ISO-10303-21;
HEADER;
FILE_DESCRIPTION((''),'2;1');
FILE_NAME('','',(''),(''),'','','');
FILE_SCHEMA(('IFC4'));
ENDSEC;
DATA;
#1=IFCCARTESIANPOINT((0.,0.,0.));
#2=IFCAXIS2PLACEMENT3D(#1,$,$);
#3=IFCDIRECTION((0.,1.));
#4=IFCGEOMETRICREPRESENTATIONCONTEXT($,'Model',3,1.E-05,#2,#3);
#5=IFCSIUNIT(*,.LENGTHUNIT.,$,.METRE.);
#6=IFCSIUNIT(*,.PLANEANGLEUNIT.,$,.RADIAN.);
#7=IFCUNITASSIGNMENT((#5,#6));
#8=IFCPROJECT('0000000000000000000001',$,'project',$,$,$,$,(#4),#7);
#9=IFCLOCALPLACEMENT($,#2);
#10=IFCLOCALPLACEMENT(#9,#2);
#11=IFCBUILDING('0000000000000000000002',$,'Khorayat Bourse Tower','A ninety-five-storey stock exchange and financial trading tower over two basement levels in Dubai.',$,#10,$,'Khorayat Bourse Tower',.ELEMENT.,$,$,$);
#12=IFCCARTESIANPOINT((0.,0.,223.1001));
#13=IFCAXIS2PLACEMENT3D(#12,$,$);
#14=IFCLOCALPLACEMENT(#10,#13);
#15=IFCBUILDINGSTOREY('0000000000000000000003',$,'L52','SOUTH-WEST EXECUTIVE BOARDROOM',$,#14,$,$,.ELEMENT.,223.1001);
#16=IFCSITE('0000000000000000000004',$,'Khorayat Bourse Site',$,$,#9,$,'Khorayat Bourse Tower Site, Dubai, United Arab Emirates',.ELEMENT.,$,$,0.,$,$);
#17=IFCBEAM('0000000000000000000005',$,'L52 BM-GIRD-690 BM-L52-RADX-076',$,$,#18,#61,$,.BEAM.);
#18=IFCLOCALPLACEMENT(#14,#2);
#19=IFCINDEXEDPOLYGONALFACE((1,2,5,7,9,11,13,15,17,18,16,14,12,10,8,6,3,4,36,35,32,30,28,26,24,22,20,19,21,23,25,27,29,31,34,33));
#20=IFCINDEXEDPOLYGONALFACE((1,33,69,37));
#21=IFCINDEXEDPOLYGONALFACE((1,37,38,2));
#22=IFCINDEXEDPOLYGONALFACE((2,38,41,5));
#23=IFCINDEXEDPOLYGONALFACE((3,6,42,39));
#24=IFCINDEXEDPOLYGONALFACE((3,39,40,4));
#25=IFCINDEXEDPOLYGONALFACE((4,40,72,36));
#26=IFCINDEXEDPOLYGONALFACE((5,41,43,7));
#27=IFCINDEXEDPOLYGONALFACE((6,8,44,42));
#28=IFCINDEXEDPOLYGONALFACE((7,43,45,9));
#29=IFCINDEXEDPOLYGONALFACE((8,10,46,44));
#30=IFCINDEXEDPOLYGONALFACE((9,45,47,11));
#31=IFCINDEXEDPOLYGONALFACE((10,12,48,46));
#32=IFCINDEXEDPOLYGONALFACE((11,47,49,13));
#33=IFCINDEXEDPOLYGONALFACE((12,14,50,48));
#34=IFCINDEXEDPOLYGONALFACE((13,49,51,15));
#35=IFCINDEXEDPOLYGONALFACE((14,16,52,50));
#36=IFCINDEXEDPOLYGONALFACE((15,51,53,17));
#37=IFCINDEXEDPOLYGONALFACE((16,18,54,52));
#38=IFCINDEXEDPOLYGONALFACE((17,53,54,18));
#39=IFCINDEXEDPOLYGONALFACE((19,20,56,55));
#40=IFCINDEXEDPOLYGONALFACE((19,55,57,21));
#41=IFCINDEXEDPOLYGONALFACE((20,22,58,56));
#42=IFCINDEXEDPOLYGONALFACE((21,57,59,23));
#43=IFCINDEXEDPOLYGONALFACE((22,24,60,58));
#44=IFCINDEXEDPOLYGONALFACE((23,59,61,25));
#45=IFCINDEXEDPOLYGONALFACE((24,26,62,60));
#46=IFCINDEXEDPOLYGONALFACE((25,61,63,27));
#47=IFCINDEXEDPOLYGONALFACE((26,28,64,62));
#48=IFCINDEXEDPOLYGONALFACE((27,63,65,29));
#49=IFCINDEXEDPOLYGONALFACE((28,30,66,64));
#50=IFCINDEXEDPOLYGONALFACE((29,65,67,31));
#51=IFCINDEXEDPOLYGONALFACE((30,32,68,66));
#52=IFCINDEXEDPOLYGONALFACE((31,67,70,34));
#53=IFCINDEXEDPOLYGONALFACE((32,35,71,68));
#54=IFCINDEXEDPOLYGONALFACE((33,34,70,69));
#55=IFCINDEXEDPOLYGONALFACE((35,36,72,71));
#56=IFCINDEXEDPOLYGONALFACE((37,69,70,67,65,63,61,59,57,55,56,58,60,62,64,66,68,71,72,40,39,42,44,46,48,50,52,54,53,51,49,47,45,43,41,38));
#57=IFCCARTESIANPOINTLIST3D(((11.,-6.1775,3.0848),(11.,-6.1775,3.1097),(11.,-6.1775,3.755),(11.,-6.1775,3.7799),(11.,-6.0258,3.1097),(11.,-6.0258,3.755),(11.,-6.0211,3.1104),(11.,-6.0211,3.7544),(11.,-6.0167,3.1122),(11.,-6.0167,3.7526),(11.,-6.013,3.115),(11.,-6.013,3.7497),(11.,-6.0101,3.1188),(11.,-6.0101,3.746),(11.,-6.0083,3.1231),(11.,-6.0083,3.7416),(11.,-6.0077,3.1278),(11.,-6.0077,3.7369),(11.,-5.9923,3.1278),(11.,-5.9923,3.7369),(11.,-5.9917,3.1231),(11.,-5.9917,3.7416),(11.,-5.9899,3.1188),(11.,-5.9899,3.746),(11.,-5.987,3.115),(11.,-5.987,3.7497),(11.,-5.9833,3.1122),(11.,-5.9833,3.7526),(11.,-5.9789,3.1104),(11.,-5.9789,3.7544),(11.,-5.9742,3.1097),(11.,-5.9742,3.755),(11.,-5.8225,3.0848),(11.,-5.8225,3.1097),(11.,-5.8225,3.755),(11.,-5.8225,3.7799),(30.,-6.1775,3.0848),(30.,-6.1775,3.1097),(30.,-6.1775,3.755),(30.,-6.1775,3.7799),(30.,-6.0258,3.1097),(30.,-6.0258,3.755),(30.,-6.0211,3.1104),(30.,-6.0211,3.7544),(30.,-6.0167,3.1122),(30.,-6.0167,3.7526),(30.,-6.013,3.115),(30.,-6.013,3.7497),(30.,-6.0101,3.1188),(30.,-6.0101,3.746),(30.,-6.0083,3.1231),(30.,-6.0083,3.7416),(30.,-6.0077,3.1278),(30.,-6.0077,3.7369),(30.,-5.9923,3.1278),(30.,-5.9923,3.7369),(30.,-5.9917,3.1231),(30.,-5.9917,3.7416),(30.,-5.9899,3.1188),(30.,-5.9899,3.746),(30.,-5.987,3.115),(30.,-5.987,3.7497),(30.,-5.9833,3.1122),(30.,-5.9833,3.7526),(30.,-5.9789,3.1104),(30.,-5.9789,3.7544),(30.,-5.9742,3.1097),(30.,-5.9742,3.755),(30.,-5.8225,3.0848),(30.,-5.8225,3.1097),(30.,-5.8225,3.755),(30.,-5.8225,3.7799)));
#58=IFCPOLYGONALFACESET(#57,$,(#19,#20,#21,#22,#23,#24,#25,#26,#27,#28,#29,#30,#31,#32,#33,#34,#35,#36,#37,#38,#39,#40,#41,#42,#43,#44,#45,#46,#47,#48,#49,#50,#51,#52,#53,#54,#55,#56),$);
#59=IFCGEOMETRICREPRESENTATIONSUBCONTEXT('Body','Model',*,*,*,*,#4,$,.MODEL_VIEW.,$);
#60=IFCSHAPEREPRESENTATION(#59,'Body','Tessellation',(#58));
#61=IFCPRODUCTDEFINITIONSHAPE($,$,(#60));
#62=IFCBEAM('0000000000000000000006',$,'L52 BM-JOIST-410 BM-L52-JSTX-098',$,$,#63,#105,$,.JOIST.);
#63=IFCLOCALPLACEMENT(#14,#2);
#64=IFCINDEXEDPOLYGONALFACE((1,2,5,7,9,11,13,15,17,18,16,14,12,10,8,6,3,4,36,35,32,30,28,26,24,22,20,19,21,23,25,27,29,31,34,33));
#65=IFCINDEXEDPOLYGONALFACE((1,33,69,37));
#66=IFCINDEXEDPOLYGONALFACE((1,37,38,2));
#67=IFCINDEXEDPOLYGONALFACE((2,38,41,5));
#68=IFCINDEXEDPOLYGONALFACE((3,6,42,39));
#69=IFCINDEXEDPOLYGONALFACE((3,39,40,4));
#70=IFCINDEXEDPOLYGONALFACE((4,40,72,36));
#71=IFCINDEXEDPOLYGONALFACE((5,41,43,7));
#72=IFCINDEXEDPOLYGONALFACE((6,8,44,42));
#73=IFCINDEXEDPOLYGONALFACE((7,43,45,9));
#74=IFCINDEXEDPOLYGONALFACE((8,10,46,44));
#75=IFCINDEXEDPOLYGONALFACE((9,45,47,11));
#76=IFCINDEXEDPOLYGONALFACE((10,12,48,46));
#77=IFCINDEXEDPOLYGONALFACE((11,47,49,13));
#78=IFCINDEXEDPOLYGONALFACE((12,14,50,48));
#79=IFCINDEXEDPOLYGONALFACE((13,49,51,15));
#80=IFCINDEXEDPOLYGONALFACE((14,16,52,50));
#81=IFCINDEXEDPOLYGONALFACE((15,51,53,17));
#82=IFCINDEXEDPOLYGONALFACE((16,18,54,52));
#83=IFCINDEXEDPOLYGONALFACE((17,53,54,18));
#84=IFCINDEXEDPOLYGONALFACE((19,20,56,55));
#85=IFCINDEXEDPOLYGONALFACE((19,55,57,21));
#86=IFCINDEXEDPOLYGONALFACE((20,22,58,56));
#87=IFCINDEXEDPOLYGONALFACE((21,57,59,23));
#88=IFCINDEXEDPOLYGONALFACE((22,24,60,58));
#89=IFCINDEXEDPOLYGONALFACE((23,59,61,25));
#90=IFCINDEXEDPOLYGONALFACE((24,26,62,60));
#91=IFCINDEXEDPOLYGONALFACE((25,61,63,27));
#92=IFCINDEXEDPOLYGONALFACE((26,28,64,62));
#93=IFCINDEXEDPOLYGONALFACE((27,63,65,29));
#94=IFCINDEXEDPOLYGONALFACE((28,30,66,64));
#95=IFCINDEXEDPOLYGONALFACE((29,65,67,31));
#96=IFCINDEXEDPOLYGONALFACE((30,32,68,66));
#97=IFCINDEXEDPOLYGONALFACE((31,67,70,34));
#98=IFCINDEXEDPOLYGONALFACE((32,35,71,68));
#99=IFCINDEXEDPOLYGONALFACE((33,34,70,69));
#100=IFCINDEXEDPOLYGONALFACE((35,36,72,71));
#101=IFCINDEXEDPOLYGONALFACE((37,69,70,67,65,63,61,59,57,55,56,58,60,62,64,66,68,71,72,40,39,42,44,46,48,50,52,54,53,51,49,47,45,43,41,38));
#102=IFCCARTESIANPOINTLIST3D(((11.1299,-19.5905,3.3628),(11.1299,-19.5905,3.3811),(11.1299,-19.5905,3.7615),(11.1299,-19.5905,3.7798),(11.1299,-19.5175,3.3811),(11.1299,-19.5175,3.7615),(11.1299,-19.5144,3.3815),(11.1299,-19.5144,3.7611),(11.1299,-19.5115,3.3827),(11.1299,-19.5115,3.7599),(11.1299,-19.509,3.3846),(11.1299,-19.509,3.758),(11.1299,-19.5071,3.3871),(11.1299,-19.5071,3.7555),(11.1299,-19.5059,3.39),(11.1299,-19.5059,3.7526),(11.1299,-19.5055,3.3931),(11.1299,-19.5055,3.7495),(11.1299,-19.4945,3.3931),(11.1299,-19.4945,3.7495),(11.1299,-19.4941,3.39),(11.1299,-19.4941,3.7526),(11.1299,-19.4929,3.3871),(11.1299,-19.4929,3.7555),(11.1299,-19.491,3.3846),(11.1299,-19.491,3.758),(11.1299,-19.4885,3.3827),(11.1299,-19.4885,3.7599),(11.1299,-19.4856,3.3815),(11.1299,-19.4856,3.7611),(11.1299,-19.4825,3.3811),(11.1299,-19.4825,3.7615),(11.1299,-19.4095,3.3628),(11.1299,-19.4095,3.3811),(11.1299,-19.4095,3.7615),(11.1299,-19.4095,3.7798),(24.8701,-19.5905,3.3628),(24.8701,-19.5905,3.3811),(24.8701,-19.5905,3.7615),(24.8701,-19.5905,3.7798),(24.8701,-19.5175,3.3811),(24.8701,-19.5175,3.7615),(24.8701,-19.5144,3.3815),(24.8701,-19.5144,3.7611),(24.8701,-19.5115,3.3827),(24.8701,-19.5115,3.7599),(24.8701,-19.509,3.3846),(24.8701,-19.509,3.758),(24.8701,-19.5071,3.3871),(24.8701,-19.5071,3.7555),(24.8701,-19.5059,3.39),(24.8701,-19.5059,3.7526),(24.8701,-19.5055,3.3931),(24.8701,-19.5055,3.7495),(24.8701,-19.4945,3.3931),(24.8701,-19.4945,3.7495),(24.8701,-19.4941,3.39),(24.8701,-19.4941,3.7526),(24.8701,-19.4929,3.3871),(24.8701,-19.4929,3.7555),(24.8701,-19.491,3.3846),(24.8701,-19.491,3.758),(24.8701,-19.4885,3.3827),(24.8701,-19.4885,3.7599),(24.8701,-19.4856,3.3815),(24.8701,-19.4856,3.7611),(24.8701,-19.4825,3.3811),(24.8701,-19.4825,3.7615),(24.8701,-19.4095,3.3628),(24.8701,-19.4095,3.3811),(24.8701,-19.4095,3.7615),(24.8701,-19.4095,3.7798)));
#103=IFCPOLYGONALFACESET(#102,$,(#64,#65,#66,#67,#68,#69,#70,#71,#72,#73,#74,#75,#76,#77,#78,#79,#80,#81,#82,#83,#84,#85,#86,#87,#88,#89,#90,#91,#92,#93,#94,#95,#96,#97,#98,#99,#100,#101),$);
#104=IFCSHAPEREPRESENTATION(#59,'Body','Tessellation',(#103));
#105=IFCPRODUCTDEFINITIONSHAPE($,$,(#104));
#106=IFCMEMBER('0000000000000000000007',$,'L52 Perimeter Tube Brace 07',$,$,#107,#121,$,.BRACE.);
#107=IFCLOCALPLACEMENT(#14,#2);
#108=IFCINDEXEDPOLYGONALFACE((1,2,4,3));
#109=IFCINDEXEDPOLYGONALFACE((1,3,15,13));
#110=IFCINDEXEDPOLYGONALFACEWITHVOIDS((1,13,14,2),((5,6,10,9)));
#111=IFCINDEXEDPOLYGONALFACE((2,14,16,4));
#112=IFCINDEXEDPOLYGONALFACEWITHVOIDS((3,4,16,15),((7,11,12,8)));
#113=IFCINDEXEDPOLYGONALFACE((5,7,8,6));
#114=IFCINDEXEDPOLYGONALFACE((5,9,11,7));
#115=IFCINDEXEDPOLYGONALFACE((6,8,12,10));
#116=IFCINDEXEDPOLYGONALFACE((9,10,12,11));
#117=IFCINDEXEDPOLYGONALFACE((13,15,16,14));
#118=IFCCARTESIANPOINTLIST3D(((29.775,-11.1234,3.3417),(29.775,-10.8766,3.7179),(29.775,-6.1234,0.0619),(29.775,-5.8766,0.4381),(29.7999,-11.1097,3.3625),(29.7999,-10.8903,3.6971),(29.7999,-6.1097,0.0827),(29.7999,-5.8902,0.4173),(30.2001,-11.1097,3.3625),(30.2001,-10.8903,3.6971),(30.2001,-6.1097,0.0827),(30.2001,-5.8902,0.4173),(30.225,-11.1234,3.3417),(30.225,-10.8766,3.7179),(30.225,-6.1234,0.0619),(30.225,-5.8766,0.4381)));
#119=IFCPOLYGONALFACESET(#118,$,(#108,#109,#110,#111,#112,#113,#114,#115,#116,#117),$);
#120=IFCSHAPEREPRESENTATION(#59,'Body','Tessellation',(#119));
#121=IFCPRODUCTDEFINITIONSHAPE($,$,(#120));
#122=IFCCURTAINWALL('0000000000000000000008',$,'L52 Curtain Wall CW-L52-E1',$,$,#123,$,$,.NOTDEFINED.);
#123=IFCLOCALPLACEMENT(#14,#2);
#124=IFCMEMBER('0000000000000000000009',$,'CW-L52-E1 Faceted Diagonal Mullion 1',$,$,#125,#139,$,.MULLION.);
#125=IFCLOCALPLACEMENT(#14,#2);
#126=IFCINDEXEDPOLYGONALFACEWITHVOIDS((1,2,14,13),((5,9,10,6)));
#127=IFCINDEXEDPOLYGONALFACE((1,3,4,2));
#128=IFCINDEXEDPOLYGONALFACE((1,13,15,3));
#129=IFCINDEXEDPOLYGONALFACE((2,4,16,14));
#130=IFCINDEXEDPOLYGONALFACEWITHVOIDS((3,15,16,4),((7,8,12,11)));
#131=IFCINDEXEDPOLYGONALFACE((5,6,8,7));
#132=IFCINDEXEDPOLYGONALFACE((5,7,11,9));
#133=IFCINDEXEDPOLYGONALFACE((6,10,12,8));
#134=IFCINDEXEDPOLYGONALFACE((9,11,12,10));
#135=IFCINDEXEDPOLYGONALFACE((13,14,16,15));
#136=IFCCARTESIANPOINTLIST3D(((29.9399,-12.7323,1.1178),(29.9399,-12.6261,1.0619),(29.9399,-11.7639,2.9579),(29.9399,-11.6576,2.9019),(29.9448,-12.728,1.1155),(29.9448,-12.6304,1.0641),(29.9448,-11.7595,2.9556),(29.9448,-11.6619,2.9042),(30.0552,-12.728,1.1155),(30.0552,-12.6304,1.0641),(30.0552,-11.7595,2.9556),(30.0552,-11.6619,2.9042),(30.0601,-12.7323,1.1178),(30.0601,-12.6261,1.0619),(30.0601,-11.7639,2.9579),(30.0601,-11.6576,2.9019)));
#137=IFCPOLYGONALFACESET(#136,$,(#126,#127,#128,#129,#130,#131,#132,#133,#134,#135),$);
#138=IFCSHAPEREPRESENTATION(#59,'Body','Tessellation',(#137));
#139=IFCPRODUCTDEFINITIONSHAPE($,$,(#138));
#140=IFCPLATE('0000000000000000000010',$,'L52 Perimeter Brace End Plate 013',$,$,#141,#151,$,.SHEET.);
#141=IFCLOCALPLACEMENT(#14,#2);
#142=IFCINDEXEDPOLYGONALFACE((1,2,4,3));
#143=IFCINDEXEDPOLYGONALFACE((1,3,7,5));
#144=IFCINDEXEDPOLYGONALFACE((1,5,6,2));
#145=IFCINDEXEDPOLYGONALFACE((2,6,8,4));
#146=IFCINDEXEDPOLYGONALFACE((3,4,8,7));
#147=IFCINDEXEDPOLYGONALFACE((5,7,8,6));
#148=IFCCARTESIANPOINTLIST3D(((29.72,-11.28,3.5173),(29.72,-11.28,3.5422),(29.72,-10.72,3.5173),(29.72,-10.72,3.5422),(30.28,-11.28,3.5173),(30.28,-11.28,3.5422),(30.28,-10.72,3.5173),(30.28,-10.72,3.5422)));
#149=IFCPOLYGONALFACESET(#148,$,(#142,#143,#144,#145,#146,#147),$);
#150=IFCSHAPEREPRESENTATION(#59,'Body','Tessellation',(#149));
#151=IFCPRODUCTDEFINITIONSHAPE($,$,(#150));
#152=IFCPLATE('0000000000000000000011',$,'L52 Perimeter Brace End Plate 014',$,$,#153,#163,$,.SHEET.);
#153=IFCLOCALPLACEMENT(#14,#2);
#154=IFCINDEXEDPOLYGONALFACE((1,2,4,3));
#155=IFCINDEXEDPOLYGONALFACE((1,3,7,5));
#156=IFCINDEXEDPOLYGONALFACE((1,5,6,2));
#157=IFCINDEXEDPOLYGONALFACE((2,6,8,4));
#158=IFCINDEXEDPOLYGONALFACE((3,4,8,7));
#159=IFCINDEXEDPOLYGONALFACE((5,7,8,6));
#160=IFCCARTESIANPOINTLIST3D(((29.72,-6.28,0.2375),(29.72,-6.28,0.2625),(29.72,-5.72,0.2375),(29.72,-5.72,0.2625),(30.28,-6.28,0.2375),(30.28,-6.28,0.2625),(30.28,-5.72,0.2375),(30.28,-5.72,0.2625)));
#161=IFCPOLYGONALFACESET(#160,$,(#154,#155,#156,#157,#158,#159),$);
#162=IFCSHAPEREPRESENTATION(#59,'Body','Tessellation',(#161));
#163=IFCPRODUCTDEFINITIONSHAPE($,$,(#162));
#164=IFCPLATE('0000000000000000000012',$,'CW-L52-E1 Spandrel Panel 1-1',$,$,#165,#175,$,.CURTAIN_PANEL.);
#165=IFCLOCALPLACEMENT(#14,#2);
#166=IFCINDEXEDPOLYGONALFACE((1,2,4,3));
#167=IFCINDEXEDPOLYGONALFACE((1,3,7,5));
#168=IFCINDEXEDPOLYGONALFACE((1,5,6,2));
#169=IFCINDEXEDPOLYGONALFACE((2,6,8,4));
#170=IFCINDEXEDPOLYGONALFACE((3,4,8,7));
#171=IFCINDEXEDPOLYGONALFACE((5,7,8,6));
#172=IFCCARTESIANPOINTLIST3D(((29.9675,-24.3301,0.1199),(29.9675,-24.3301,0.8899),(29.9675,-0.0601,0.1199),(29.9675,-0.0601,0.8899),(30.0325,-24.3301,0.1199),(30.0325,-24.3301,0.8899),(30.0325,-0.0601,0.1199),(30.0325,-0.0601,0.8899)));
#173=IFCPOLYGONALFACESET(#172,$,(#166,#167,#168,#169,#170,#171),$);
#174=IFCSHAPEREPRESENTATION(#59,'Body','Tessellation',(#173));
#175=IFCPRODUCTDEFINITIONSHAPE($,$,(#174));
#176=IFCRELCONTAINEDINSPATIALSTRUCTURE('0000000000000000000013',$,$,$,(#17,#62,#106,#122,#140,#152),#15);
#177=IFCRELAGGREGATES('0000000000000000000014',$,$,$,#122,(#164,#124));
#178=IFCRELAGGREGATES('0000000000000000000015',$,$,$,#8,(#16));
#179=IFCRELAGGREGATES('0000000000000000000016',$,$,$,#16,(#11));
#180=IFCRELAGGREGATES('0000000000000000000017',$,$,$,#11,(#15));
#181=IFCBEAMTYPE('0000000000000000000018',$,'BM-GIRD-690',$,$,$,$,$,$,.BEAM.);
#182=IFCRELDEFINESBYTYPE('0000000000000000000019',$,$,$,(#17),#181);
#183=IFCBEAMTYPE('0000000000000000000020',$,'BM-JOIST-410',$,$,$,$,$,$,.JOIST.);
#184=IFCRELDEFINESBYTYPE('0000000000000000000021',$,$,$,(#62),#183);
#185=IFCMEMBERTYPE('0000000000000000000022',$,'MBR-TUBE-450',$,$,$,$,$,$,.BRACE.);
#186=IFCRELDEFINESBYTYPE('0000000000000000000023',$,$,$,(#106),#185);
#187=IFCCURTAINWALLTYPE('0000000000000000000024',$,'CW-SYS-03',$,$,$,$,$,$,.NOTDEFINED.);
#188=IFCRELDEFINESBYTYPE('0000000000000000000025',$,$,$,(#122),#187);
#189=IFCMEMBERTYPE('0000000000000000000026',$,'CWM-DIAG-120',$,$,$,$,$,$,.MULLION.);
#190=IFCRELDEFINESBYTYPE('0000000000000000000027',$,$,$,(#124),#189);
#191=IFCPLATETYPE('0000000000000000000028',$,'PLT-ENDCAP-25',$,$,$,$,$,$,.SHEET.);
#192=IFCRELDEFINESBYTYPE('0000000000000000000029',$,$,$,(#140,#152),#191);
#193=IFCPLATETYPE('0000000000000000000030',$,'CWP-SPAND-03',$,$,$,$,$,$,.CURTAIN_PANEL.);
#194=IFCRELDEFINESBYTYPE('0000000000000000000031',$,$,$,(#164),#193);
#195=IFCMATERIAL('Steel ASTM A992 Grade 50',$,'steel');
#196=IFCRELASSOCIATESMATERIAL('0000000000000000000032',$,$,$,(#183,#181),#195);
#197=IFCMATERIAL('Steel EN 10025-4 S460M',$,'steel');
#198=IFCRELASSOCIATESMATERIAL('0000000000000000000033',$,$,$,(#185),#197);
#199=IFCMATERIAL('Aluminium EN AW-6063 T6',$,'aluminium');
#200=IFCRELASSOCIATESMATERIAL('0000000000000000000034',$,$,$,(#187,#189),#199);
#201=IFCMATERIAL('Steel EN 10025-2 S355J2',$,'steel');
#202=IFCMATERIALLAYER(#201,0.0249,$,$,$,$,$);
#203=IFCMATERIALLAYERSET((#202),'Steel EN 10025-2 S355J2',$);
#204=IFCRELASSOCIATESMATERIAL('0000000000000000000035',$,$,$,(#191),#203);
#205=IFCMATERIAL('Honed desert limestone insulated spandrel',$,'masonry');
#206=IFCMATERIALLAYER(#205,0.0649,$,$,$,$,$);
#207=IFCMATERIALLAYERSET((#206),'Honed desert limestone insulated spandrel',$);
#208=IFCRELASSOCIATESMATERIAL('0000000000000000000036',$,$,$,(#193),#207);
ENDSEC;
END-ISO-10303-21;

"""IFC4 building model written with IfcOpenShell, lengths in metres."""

from ifc_helpers import new_model, si_unit, direction, frame, origin, origin_2d, place, context, subcontext, project, spatial, rectangle, hollow_rectangle, i_section, extrude, source, transform, mapped, material, layer, layer_set, material_profile, profile_set, type_object, element, aggregate, save


model = new_model("IFC4")

# Units and contexts
model_context = context("Model", 3, precision=1e-05, world=origin(), true_north=direction((0.0, 1.0)))
body_context = subcontext(model_context, "Body", "Model", "MODEL_VIEW")
ifc_project = project(units=[si_unit("LENGTHUNIT", "METRE"), si_unit("PLANEANGLEUNIT", "RADIAN")], contexts=[model_context])

# Site, building, storey
site_placement = place(None, origin())
site = spatial("IfcSite", under=ifc_project, at=site_placement, Name="Khorayat Bourse Site", LongName="Khorayat Bourse Tower Site, Dubai, United Arab Emirates", CompositionType="ELEMENT", RefElevation=0.0)
building_placement = place(site_placement, origin())
building = spatial("IfcBuilding", under=site, at=building_placement, Name="Khorayat Bourse Tower", Description="A ninety-five-storey stock exchange and financial trading tower over two basement levels in Dubai.", LongName="Khorayat Bourse Tower", CompositionType="ELEMENT")
storey_placement = place(building_placement, frame((0.0, 0.0, 223.1001)))
storey = spatial("IfcBuildingStorey", under=building, at=storey_placement, Name="L52", Description="SOUTH-WEST EXECUTIVE BOARDROOM", CompositionType="ELEMENT", Elevation=223.1001)

# Shared definitions
ifc_material_1 = material(Name="Steel EN 10025-4 S460M", Category="steel")

# Beams
ifc_material_2 = material(Name="Steel ASTM A992 Grade 50", Category="steel")
ifc_material_profile_1 = material_profile(ifc_material_2, i_section(OverallWidth=0.1809, OverallDepth=0.417, WebThickness=0.011, FlangeThickness=0.0183, FilletRadius=0.012, at=origin_2d()), Name="W410X85")
ifc_profile_set_1 = profile_set([ifc_material_profile_1], Name="Steel ASTM A992 Grade 50")
beam_type_1 = type_object("IfcBeamType", Name="BM-JOIST-410", PredefinedType="JOIST", material=ifc_profile_set_1)
ifc_material_profile_2 = material_profile(ifc_material_2, i_section(OverallWidth=0.355, OverallDepth=0.6951, WebThickness=0.0154, FlangeThickness=0.0249, FilletRadius=0.0181, at=origin_2d()), Name="W690X217")
ifc_profile_set_2 = profile_set([ifc_material_profile_2], Name="Steel ASTM A992 Grade 50")
beam_type_2 = type_object("IfcBeamType", Name="BM-GIRD-690", PredefinedType="BEAM", material=ifc_profile_set_2)
shared_shape_1 = source(origin(), body_context, "Body", "SweptSolid", [
    extrude(i_section(OverallWidth=0.355, OverallDepth=0.6951, WebThickness=0.0154, FlangeThickness=0.0249, FilletRadius=0.0181, at=origin_2d()), origin(), (0.0, 0.0, 1.0), 19.0),
])
beam_1_placement = place(storey_placement, frame((11.0, -6.0, 3.4324), z_axis=(1.0, 0.0, 0.0), x_axis=(0.0, 1.0, 0.0)))
element("IfcBeam", 1, at=beam_1_placement, inside=storey, type_object=beam_type_2, Name="L52 BM-GIRD-690 BM-L52-RADX-076", PredefinedType="BEAM", context=body_context, shape_type="MappedRepresentation", body=[
    mapped(shared_shape_1, transform((0.0, 0.0, 0.0), scale=1.0)),
])
shared_shape_2 = source(origin(), body_context, "Body", "SweptSolid", [
    extrude(i_section(OverallWidth=0.1809, OverallDepth=0.417, WebThickness=0.011, FlangeThickness=0.0183, FilletRadius=0.012, at=origin_2d()), origin(), (0.0, 0.0, 1.0), 13.7402),
])
beam_2_placement = place(storey_placement, frame((11.1299, -19.5, 3.5713), z_axis=(1.0, 0.0, 0.0), x_axis=(0.0, 1.0, 0.0)))
element("IfcBeam", 2, at=beam_2_placement, inside=storey, type_object=beam_type_1, Name="L52 BM-JOIST-410 BM-L52-JSTX-098", PredefinedType="JOIST", context=body_context, shape_type="MappedRepresentation", body=[
    mapped(shared_shape_2, transform((0.0, 0.0, 0.0), scale=1.0)),
])

# Member
ifc_material_profile_3 = material_profile(ifc_material_1, hollow_rectangle(XDim=0.45, YDim=0.45, WallThickness=0.0249, at=origin_2d()), Name="HSS 450x450x25")
ifc_profile_set_3 = profile_set([ifc_material_profile_3], Name="Steel EN 10025-4 S460M")
member_type_1 = type_object("IfcMemberType", Name="MBR-TUBE-450", PredefinedType="BRACE", material=ifc_profile_set_3)
shared_shape_3 = source(origin(), body_context, "Body", "SweptSolid", [
    extrude(hollow_rectangle(XDim=0.45, YDim=0.45, WallThickness=0.0249, at=origin_2d()), origin(), (0.0, 0.0, 1.0), 5.9797),
])
member_1_placement = place(storey_placement, frame((30.0, -11.0, 3.5298), z_axis=(0.0, 0.83616, -0.548485), x_axis=(-1.0, 0.0, 0.0)))
element("IfcMember", 3, at=member_1_placement, inside=storey, type_object=member_type_1, Name="L52 Perimeter Tube Brace 07", PredefinedType="BRACE", context=body_context, shape_type="MappedRepresentation", body=[
    mapped(shared_shape_3, transform((0.0, 0.0, 0.0), scale=1.0)),
])

# Curtain wall, member
ifc_material_3 = material(Name="Aluminium EN AW-6063 T6", Category="aluminium")
curtain_wall_type = type_object("IfcCurtainWallType", Name="CW-SYS-03", PredefinedType="NOTDEFINED", material=ifc_material_3)
curtain_wall_placement = place(storey_placement, origin())
curtain_wall = element("IfcCurtainWall", 4, at=curtain_wall_placement, inside=storey, type_object=curtain_wall_type, Name="L52 Curtain Wall CW-L52-E1", PredefinedType="NOTDEFINED")
ifc_material_profile_4 = material_profile(ifc_material_3, hollow_rectangle(XDim=0.1201, YDim=0.1201, WallThickness=0.0049, at=origin_2d()), Name="ALU 120x120x5")
ifc_profile_set_4 = profile_set([ifc_material_profile_4], Name="Aluminium EN AW-6063 T6")
member_type_2 = type_object("IfcMemberType", Name="CWM-DIAG-120", PredefinedType="MULLION", material=ifc_profile_set_4)
shared_shape_4 = source(origin(), body_context, "Body", "SweptSolid", [
    extrude(hollow_rectangle(XDim=0.1201, YDim=0.1201, WallThickness=0.0049, at=origin_2d()), origin(), (0.0, 0.0, 1.0), 2.0793),
])
member_2_placement = place(storey_placement, frame((30.0, -12.6792, 1.0898), z_axis=(0.0, 0.465761, 0.884911), x_axis=(-1.0, 0.0, 0.0)))
member_2 = element("IfcMember", 5, at=member_2_placement, type_object=member_type_2, Name="CW-L52-E1 Faceted Diagonal Mullion 1", PredefinedType="MULLION", context=body_context, shape_type="MappedRepresentation", body=[
    mapped(shared_shape_4, transform((0.0, 0.0, 0.0), scale=1.0)),
])

# Plates
ifc_material_4 = material(Name="Steel EN 10025-2 S355J2", Category="steel")
ifc_layer_1 = layer(ifc_material_4, 0.0249)
ifc_layer_set_1 = layer_set([ifc_layer_1], Name="Steel EN 10025-2 S355J2")
plate_type_1 = type_object("IfcPlateType", Name="PLT-ENDCAP-25", PredefinedType="SHEET", material=ifc_layer_set_1)
shared_shape_5 = source(origin(), body_context, "Body", "SweptSolid", [
    extrude(rectangle(XDim=0.5601, YDim=0.5601, at=origin_2d()), origin(), (0.0, 0.0, 1.0), 0.0249),
])
for number, where, z_axis, x_axis, name in (
    (6, (30.0, -11.0, 3.5173), (0.0, 0.0, 1.0), (1.0, 0.0, 0.0), "L52 Perimeter Brace End Plate 013"),
    (7, (30.0, -6.0, 0.2375), (0.0, 0.0, 1.0), (1.0, 0.0, 0.0), "L52 Perimeter Brace End Plate 014"),
):
    element("IfcPlate", number, at=place(storey_placement, frame(where, z_axis=z_axis, x_axis=x_axis)), inside=storey, type_object=plate_type_1, Name=name, PredefinedType="SHEET", context=body_context, shape_type="MappedRepresentation", body=[
        mapped(shared_shape_5, transform((0.0, 0.0, 0.0), scale=1.0)),
    ])

# Plate
ifc_material_5 = material(Name="Honed desert limestone insulated spandrel", Category="masonry")
ifc_layer_2 = layer(ifc_material_5, 0.0649)
ifc_layer_set_2 = layer_set([ifc_layer_2], Name="Honed desert limestone insulated spandrel")
plate_type_2 = type_object("IfcPlateType", Name="CWP-SPAND-03", PredefinedType="CURTAIN_PANEL", material=ifc_layer_set_2)
shared_shape_6 = source(origin(), body_context, "Body", "SweptSolid", [
    extrude(rectangle(XDim=24.27, YDim=0.0649, at=origin_2d()), origin(), (0.0, 0.0, 1.0), 0.77),
])
plate_1_placement = place(storey_placement, frame((30.0, -12.1951, 0.1199), z_axis=(0.0, 0.0, 1.0), x_axis=(0.0, 1.0, 0.0)))
plate_1 = element("IfcPlate", 8, at=plate_1_placement, type_object=plate_type_2, Name="CW-L52-E1 Spandrel Panel 1-1", PredefinedType="CURTAIN_PANEL", context=body_context, shape_type="MappedRepresentation", body=[
    mapped(shared_shape_6, transform((0.0, 0.0, 0.0), scale=1.0)),
])
aggregate(curtain_wall, [plate_1, member_2])

save(model, "model.ifc")
